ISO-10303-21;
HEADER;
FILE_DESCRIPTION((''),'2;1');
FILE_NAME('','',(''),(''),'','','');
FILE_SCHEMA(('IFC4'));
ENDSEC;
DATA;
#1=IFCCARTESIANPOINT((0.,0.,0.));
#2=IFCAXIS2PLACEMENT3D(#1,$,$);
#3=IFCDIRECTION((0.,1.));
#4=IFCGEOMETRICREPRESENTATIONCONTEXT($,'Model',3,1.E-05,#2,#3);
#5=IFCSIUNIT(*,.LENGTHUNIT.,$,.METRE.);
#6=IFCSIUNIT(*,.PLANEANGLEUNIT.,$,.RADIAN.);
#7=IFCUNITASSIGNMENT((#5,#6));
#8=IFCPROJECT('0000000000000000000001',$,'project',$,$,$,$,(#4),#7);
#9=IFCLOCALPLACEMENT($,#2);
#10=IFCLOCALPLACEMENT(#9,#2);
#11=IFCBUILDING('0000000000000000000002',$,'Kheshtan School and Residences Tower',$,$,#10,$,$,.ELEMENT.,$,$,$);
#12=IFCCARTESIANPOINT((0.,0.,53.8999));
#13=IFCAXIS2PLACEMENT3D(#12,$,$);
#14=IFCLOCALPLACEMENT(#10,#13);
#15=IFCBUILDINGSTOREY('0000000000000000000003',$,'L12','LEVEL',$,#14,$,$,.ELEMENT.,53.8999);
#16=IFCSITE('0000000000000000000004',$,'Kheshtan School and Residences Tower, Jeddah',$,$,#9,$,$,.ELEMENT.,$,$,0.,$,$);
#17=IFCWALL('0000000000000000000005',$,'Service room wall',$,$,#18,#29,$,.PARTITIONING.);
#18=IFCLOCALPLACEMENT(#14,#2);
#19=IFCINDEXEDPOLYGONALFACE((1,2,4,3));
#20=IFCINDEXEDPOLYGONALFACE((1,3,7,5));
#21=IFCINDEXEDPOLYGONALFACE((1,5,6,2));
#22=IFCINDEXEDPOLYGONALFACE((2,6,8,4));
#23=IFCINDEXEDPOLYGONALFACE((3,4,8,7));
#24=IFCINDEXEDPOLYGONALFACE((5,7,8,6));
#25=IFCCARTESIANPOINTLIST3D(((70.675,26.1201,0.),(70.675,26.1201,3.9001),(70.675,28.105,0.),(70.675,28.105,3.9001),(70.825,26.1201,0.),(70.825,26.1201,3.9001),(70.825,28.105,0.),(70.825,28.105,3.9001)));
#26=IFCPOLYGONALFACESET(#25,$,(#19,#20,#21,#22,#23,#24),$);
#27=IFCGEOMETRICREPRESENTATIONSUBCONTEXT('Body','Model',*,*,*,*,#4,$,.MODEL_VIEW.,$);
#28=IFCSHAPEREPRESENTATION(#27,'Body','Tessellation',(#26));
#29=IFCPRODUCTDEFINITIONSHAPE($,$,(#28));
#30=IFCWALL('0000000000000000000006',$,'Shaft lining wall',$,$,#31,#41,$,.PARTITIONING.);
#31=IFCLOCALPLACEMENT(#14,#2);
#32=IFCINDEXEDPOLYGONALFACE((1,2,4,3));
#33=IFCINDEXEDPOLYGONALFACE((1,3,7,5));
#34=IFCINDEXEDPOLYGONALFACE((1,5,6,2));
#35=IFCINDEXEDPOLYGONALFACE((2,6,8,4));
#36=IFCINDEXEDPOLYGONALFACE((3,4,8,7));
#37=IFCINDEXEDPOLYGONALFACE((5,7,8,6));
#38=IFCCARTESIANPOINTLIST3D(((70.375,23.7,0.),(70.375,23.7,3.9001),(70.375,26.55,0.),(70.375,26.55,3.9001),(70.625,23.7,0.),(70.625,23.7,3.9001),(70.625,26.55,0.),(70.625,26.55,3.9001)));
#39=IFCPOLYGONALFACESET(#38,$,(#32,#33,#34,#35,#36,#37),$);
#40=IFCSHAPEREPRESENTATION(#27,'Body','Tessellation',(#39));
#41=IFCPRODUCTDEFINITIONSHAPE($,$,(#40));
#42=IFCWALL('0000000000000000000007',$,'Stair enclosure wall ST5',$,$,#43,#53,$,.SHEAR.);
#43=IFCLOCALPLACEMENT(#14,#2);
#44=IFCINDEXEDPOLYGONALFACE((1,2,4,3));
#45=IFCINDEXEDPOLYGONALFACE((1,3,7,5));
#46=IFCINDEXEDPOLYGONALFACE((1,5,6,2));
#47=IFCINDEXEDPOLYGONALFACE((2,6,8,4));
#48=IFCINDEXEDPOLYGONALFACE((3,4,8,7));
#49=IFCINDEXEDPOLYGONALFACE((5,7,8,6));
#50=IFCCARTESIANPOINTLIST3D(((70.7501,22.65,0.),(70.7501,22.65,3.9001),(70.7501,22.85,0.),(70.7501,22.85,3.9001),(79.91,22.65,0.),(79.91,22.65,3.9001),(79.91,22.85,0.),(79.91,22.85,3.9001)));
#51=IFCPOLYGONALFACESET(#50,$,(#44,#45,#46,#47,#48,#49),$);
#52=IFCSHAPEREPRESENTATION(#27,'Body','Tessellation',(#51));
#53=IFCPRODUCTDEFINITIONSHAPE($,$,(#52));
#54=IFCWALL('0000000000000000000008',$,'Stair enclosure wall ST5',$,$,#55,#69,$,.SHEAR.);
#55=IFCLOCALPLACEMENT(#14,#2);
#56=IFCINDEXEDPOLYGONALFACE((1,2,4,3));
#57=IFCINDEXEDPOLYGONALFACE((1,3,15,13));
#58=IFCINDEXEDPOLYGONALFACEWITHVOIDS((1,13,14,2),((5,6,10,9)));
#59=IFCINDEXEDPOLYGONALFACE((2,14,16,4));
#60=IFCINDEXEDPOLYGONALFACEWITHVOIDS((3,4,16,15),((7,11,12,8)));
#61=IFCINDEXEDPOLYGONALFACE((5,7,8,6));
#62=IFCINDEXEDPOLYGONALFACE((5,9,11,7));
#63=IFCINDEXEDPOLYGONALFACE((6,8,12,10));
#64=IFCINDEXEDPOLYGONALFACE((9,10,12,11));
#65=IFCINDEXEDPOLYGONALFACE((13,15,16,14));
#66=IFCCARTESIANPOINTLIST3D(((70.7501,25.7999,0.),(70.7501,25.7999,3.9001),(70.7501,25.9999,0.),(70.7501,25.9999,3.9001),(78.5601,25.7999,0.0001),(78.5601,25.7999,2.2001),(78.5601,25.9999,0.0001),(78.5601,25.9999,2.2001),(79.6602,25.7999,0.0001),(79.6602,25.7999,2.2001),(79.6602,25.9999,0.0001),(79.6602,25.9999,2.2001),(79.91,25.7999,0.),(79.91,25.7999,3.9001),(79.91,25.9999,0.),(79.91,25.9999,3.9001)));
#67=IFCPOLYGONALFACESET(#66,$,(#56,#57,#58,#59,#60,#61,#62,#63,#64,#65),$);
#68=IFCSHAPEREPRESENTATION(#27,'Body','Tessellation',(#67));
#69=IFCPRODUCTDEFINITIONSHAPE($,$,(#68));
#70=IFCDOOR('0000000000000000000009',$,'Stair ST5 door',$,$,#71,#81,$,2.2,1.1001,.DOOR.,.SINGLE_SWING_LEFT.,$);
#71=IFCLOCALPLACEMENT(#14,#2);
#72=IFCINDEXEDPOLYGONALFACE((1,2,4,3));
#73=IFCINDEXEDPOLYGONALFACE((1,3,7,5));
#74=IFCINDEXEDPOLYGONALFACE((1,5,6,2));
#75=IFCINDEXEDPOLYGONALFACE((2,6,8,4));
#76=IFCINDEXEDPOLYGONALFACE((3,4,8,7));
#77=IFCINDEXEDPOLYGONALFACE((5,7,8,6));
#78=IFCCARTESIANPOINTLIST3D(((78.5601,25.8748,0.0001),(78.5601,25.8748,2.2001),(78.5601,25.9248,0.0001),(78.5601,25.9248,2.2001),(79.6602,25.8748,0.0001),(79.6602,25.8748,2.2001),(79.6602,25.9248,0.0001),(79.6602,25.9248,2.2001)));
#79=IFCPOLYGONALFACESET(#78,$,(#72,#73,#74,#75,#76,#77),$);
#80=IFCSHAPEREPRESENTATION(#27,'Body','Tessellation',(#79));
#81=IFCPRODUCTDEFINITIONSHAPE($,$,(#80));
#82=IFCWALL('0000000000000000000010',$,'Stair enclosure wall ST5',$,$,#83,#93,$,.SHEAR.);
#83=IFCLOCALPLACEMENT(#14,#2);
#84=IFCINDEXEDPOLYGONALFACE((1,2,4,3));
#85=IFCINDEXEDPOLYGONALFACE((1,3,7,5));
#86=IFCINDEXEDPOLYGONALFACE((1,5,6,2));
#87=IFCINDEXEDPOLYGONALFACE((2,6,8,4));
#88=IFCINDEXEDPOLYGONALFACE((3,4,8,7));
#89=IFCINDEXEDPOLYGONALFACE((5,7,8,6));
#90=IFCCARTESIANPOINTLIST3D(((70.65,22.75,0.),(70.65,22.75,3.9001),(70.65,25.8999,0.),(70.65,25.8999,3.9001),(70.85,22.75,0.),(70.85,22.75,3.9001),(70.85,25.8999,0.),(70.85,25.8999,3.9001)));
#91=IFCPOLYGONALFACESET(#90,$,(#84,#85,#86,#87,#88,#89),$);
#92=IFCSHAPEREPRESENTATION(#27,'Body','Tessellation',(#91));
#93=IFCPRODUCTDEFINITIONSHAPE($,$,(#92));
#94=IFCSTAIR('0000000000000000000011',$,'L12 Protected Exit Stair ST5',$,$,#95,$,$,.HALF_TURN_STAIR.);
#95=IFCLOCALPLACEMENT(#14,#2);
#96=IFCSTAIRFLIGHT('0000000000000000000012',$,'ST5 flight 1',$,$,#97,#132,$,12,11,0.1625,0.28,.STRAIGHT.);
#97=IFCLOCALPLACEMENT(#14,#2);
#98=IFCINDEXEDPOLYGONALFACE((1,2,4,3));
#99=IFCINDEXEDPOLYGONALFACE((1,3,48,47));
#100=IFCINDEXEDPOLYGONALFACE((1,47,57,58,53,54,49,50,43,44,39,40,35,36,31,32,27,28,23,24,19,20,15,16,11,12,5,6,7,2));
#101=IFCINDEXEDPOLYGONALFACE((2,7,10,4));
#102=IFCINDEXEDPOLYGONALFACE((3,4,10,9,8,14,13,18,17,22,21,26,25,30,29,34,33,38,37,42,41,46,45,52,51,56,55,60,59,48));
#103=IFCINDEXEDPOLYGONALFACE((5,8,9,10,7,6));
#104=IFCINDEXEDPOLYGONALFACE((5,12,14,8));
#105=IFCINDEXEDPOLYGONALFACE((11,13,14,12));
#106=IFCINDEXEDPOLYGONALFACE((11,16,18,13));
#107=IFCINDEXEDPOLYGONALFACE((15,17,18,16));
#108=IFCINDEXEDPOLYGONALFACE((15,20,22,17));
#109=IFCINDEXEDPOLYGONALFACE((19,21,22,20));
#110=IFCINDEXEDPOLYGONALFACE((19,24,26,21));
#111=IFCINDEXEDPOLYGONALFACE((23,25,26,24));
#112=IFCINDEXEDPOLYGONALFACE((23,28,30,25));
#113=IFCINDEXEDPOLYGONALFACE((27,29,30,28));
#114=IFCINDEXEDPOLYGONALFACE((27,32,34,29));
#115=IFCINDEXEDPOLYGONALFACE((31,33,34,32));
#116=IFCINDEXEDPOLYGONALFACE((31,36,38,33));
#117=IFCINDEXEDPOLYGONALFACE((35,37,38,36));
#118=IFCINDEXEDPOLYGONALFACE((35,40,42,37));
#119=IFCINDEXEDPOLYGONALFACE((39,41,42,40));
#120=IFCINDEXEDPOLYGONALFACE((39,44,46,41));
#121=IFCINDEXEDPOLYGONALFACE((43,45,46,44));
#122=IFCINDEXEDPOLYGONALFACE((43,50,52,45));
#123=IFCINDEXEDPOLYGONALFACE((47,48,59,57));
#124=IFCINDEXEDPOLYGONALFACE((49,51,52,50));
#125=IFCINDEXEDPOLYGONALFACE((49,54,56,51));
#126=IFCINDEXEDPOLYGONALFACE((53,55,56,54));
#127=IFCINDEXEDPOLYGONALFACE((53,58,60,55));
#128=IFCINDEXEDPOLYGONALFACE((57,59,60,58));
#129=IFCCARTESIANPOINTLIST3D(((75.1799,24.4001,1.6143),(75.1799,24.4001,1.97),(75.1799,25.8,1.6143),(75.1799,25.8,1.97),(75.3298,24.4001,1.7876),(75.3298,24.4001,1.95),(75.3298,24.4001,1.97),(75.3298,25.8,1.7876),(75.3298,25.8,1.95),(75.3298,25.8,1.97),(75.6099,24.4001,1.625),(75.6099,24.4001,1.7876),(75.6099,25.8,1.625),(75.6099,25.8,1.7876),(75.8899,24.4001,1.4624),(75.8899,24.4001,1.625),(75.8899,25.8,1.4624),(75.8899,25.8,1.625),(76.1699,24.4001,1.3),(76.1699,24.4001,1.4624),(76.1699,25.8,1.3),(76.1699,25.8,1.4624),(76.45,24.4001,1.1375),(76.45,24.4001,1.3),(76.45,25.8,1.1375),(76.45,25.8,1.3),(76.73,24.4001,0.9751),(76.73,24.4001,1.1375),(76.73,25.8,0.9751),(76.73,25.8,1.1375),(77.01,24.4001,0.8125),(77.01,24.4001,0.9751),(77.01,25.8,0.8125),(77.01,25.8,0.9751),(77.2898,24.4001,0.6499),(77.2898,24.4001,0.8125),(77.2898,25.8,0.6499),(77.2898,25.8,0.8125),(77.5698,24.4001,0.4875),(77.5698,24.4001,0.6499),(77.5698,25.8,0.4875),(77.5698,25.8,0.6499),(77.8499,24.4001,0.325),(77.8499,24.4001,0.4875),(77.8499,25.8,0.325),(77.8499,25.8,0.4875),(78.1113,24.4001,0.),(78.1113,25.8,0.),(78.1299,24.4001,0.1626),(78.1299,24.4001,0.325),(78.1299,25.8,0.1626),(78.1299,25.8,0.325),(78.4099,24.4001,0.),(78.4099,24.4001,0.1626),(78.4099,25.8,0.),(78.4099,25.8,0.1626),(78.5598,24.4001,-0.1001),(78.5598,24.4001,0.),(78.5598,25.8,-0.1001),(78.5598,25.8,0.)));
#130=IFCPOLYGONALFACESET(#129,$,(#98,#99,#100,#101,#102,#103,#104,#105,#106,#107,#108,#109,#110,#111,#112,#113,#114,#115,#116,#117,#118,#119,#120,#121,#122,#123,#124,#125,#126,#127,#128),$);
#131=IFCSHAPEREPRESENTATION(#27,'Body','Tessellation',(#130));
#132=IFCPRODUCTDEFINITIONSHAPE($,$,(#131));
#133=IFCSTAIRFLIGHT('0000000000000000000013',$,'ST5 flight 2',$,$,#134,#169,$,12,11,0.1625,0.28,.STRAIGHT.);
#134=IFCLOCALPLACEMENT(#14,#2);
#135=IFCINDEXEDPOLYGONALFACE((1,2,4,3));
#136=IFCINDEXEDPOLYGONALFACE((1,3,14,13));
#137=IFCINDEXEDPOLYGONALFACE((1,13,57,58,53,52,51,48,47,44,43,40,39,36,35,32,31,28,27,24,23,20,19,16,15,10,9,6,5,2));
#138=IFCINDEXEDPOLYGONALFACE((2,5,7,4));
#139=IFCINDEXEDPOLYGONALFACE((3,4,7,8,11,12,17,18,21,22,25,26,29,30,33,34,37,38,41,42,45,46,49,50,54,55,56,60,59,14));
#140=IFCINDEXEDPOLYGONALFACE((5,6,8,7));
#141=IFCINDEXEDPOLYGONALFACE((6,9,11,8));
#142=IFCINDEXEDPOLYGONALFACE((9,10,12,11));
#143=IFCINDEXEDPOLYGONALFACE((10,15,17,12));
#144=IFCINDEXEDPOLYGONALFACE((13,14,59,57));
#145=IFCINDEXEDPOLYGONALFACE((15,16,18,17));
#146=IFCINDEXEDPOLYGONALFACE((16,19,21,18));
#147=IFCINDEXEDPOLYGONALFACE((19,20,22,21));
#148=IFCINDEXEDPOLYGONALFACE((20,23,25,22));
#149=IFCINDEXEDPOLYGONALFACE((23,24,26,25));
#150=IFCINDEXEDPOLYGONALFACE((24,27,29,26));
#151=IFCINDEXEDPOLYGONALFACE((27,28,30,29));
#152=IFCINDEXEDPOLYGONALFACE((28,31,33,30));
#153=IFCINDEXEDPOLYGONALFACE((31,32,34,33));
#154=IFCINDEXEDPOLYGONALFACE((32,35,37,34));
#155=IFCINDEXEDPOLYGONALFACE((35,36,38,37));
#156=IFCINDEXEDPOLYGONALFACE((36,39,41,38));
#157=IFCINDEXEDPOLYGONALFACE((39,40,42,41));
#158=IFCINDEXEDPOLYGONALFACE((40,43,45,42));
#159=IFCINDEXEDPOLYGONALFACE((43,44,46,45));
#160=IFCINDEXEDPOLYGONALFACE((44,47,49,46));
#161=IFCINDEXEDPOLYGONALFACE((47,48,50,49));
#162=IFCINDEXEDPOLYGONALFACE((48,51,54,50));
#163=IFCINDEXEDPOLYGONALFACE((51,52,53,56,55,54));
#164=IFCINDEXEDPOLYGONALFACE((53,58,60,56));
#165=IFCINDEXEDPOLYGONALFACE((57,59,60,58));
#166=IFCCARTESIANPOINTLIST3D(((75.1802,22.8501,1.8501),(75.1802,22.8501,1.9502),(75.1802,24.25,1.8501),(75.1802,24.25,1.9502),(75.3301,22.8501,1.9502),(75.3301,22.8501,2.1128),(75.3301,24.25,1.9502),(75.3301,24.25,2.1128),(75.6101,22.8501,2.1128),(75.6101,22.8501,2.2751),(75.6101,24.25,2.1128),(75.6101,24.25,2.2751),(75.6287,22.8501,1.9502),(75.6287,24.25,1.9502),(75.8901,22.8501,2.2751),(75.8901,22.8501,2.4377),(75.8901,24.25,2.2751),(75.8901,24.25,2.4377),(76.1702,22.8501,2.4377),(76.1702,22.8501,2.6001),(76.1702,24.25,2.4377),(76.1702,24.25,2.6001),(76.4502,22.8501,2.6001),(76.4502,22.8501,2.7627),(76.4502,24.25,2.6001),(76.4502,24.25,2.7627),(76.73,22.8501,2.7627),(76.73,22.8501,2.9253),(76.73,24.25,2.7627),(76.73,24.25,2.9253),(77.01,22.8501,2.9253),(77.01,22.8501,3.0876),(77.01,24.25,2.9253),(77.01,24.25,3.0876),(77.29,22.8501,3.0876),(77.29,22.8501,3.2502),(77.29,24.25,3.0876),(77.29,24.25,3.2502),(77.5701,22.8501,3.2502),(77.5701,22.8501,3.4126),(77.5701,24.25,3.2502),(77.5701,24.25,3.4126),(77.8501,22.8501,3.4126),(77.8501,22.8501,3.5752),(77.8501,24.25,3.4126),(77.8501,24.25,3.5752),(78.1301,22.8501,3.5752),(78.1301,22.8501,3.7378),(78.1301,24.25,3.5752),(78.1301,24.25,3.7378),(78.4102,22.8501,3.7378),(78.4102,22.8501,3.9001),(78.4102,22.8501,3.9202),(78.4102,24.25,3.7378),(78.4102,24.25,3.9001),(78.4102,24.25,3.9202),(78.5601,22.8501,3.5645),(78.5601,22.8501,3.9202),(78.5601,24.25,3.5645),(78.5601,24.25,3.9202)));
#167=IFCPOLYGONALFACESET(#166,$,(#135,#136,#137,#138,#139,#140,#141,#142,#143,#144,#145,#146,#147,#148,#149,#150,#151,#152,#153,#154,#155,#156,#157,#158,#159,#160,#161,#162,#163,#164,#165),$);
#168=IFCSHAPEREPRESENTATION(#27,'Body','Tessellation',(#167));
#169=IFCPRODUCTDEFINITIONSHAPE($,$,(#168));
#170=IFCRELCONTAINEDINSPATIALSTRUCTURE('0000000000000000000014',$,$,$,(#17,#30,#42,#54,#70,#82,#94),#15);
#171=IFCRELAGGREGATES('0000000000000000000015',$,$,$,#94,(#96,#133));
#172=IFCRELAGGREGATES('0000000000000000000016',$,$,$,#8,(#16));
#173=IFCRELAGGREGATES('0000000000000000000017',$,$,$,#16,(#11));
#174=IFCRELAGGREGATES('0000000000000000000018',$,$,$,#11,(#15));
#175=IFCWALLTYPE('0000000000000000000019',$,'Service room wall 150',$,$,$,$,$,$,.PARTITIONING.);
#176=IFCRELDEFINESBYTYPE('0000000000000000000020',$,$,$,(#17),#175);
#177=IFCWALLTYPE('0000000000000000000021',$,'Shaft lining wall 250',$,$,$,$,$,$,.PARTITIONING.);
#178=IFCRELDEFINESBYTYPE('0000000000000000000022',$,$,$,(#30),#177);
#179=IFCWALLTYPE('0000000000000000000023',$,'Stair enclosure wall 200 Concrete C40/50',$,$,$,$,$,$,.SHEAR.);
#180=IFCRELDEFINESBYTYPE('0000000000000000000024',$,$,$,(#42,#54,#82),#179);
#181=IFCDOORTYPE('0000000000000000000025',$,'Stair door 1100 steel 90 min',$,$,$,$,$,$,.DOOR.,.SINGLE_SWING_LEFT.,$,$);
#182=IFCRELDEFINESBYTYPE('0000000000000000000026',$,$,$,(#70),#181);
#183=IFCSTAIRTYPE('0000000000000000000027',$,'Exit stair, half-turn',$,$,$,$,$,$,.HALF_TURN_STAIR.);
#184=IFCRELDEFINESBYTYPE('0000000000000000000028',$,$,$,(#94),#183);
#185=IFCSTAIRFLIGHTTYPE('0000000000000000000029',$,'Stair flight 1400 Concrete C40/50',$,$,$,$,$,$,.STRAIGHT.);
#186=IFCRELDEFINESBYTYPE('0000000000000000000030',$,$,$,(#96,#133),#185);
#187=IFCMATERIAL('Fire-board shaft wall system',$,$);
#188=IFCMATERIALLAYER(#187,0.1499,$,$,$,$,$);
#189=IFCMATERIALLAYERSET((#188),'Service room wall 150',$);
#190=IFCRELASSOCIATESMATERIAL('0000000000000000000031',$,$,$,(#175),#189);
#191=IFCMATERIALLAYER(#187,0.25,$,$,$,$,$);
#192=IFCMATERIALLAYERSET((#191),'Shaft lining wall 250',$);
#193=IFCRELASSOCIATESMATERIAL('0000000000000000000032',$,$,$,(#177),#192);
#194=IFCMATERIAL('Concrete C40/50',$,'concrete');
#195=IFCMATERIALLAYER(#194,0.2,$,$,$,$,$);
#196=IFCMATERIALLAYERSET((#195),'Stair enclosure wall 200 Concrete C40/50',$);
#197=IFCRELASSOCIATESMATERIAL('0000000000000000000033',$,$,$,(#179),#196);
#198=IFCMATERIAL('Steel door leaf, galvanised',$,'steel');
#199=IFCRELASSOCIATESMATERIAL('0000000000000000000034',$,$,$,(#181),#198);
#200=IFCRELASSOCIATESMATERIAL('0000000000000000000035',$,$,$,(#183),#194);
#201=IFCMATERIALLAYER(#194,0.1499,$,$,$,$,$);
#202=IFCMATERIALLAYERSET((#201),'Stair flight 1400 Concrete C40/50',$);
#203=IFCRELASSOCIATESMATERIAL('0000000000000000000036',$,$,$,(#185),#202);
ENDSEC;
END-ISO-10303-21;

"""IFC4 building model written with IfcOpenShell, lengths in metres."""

from ifc_helpers import new_model, si_unit, direction, frame, frame_2d, origin, place, context, subcontext, project, spatial, polyline, rectangle, outline, extrude, source, transform, mapped, material, layer, layer_set, type_object, element, fill, aggregate, save


model = new_model("IFC4")

# Units and contexts
model_context = context("Model", 3, precision=1e-05, world=origin(), true_north=direction((0.0, 1.0)))
body_context = subcontext(model_context, "Body", "Model", "MODEL_VIEW")
ifc_project = project(units=[si_unit("LENGTHUNIT", "METRE"), si_unit("PLANEANGLEUNIT", "RADIAN")], contexts=[model_context])

# Site, building, storey
site_placement = place(None, origin())
site = spatial("IfcSite", under=ifc_project, at=site_placement, Name="Kheshtan School and Residences Tower, Jeddah", CompositionType="ELEMENT", RefElevation=0.0)
building_placement = place(site_placement, origin())
building = spatial("IfcBuilding", under=site, at=building_placement, Name="Kheshtan School and Residences Tower", CompositionType="ELEMENT")
storey_placement = place(building_placement, frame((0.0, 0.0, 53.8999)))
storey = spatial("IfcBuildingStorey", under=building, at=storey_placement, Name="L12", Description="LEVEL", CompositionType="ELEMENT", Elevation=53.8999)

# Walls
ifc_material_1 = material(Name="Fire-board shaft wall system")
ifc_layer_1 = layer(ifc_material_1, 0.1499)
ifc_layer_set_1 = layer_set([ifc_layer_1], Name="Service room wall 150")
wall_type_1 = type_object("IfcWallType", Name="Service room wall 150", PredefinedType="PARTITIONING", material=ifc_layer_set_1)
wall_1_placement = place(storey_placement, frame((70.75, 26.1201, 0.0), z_axis=(0.0, 0.0, 1.0), x_axis=(0.0, 1.0, 0.0)))
element("IfcWall", 1, at=wall_1_placement, inside=storey, type_object=wall_type_1, Name="Service room wall", PredefinedType="PARTITIONING", context=body_context, shape_type="SweptSolid", body=[
    extrude(rectangle(XDim=1.9849, YDim=0.1499, at=frame_2d((0.9924, 0.0))), origin(), (0.0, 0.0, 1.0), 3.9001),
])
ifc_layer_2 = layer(ifc_material_1, 0.25)
ifc_layer_set_2 = layer_set([ifc_layer_2], Name="Shaft lining wall 250")
wall_type_2 = type_object("IfcWallType", Name="Shaft lining wall 250", PredefinedType="PARTITIONING", material=ifc_layer_set_2)
wall_2_placement = place(storey_placement, frame((70.5, 23.7, 0.0), z_axis=(0.0, 0.0, 1.0), x_axis=(0.0, 1.0, 0.0)))
element("IfcWall", 2, at=wall_2_placement, inside=storey, type_object=wall_type_2, Name="Shaft lining wall", PredefinedType="PARTITIONING", context=body_context, shape_type="SweptSolid", body=[
    extrude(rectangle(XDim=2.8501, YDim=0.25, at=frame_2d((1.425, 0.0))), origin(), (0.0, 0.0, 1.0), 3.9001),
])
ifc_material_2 = material(Name="Concrete C40/50", Category="concrete")
ifc_layer_3 = layer(ifc_material_2, 0.2)
ifc_layer_set_3 = layer_set([ifc_layer_3], Name="Stair enclosure wall 200 Concrete C40/50")
wall_type_3 = type_object("IfcWallType", Name="Stair enclosure wall 200 Concrete C40/50", PredefinedType="SHEAR", material=ifc_layer_set_3)
wall_3_placement = place(storey_placement, frame((70.75, 22.75, 0.0), z_axis=(0.0, 0.0, 1.0), x_axis=(1.0, 0.0, 0.0)))
element("IfcWall", 3, at=wall_3_placement, inside=storey, type_object=wall_type_3, Name="Stair enclosure wall ST5", PredefinedType="SHEAR", context=body_context, shape_type="SweptSolid", body=[
    extrude(rectangle(XDim=9.1599, YDim=0.2, at=frame_2d((4.5801, 0.0))), origin(), (0.0, 0.0, 1.0), 3.9001),
])

# Wall, opening, door
wall_4_placement = place(storey_placement, frame((70.75, 25.8999, 0.0), z_axis=(0.0, 0.0, 1.0), x_axis=(1.0, 0.0, 0.0)))
wall_4 = element("IfcWall", 4, at=wall_4_placement, inside=storey, type_object=wall_type_3, Name="Stair enclosure wall ST5", PredefinedType="SHEAR", context=body_context, shape_type="SweptSolid", body=[
    extrude(rectangle(XDim=9.1599, YDim=0.2, at=frame_2d((4.5801, 0.0))), origin(), (0.0, 0.0, 1.0), 3.9001),
])
opening_placement = place(wall_4_placement, frame((7.8101, 0.0, 0.0)))
opening = element("IfcOpeningElement", 5, at=opening_placement, cuts=wall_4, PredefinedType="OPENING", context=body_context, shape_type="SweptSolid", body=[
    extrude(rectangle(XDim=1.1001, YDim=2.2, at=frame_2d((0.55, 1.1001))), frame((0.0, 0.1099, 0.0), z_axis=(0.0, -1.0, 0.0), x_axis=(1.0, 0.0, 0.0)), (0.0, 0.0, 1.0), 0.22),
])
ifc_material_3 = material(Name="Steel door leaf, galvanised", Category="steel")
door_type = type_object("IfcDoorType", Name="Stair door 1100 steel 90 min", OperationType="SINGLE_SWING_LEFT", PredefinedType="DOOR", material=ifc_material_3)
shared_shape = source(origin(), body_context, "Body", "SweptSolid", [
    extrude(rectangle(XDim=1.1001, YDim=2.2, at=frame_2d((0.55, 1.1001))), frame((0.0, 0.0249, 0.0), z_axis=(0.0, -1.0, 0.0), x_axis=(1.0, 0.0, 0.0)), (0.0, 0.0, 1.0), 0.05),
])
door_placement = place(opening_placement, origin())
door = element("IfcDoor", 6, at=door_placement, inside=storey, type_object=door_type, Name="Stair ST5 door", OperationType="SINGLE_SWING_LEFT", OverallHeight=2.2, OverallWidth=1.1001, PredefinedType="DOOR", context=body_context, shape_type="MappedRepresentation", body=[
    mapped(shared_shape, transform((0.0, 0.0, 0.0), x_axis=(1.0, 0.0, 0.0), y_axis=(0.0, 1.0, 0.0), z_axis=(0.0, 0.0, 1.0), scale=1.0)),
])
fill(opening, door)

# Wall
wall_5_placement = place(storey_placement, frame((70.75, 22.75, 0.0), z_axis=(0.0, 0.0, 1.0), x_axis=(0.0, 1.0, 0.0)))
element("IfcWall", 7, at=wall_5_placement, inside=storey, type_object=wall_type_3, Name="Stair enclosure wall ST5", PredefinedType="SHEAR", context=body_context, shape_type="SweptSolid", body=[
    extrude(rectangle(XDim=3.1499, YDim=0.2, at=frame_2d((1.575, 0.0))), origin(), (0.0, 0.0, 1.0), 3.9001),
])

# Stair, stair flights
stair_type = type_object("IfcStairType", Name="Exit stair, half-turn", PredefinedType="HALF_TURN_STAIR", material=ifc_material_2)
stair_placement = place(storey_placement, origin())
stair = element("IfcStair", 8, at=stair_placement, inside=storey, type_object=stair_type, Name="L12 Protected Exit Stair ST5", PredefinedType="HALF_TURN_STAIR")
ifc_layer_4 = layer(ifc_material_2, 0.1499)
ifc_layer_set_4 = layer_set([ifc_layer_4], Name="Stair flight 1400 Concrete C40/50")
stair_flight_type = type_object("IfcStairFlightType", Name="Stair flight 1400 Concrete C40/50", PredefinedType="STRAIGHT", material=ifc_layer_set_4)
stair_flight_1_placement = place(storey_placement, frame((78.4099, 25.1001, 0.0), z_axis=(0.0, 0.0, 1.0), x_axis=(-1.0, 0.0, 0.0)))
stair_flight_1 = element("IfcStairFlight", 9, at=stair_flight_1_placement, type_object=stair_flight_type, Name="ST5 flight 1", NumberOfRisers=12, NumberOfTreads=11, PredefinedType="STRAIGHT", RiserHeight=0.1625, TreadLength=0.28, context=body_context, shape_type="SweptSolid", body=[
    extrude(outline(polyline([(-0.1499, -0.1001), (-0.1499, 0.0), (0.0, 0.0), (0.0, 0.1626), (0.28, 0.1626), (0.28, 0.325), (0.5601, 0.325), (0.5601, 0.4875), (0.8401, 0.4875), (0.8401, 0.6499), (1.1201, 0.6499), (1.1201, 0.8125), (1.3999, 0.8125), (1.3999, 0.9751), (1.6799, 0.9751), (1.6799, 1.1375), (1.96, 1.1375), (1.96, 1.3), (2.24, 1.3), (2.24, 1.4624), (2.52, 1.4624), (2.52, 1.625), (2.8, 1.625), (2.8, 1.7876), (3.0801, 1.7876), (3.0801, 1.95), (3.0801, 1.97), (3.23, 1.97), (3.23, 1.6143), (0.2986, 0.0), (-0.1499, -0.1001)])), frame((0.0, 0.7, 0.0), z_axis=(0.0, -1.0, 0.0), x_axis=(1.0, 0.0, 0.0)), (0.0, 0.0, 1.0), 1.3999),
])
stair_flight_2_placement = place(storey_placement, frame((75.3301, 23.55, 1.9502), z_axis=(0.0, 0.0, 1.0), x_axis=(1.0, 0.0, 0.0)))
stair_flight_2 = element("IfcStairFlight", 10, at=stair_flight_2_placement, type_object=stair_flight_type, Name="ST5 flight 2", NumberOfRisers=12, NumberOfTreads=11, PredefinedType="STRAIGHT", RiserHeight=0.1625, TreadLength=0.28, context=body_context, shape_type="SweptSolid", body=[
    extrude(outline(polyline([(-0.1499, -0.1001), (-0.1499, 0.0), (0.0, 0.0), (0.0, 0.1626), (0.28, 0.1626), (0.28, 0.325), (0.5601, 0.325), (0.5601, 0.4875), (0.8401, 0.4875), (0.8401, 0.6499), (1.1201, 0.6499), (1.1201, 0.8125), (1.3999, 0.8125), (1.3999, 0.9751), (1.6799, 0.9751), (1.6799, 1.1375), (1.96, 1.1375), (1.96, 1.3), (2.24, 1.3), (2.24, 1.4624), (2.52, 1.4624), (2.52, 1.625), (2.8, 1.625), (2.8, 1.7876), (3.0801, 1.7876), (3.0801, 1.95), (3.0801, 1.97), (3.23, 1.97), (3.23, 1.6143), (0.2986, 0.0), (-0.1499, -0.1001)])), frame((0.0, 0.7, 0.0), z_axis=(0.0, -1.0, 0.0), x_axis=(1.0, 0.0, 0.0)), (0.0, 0.0, 1.0), 1.3999),
])
aggregate(stair, [stair_flight_1, stair_flight_2])

save(model, "model.ifc")
